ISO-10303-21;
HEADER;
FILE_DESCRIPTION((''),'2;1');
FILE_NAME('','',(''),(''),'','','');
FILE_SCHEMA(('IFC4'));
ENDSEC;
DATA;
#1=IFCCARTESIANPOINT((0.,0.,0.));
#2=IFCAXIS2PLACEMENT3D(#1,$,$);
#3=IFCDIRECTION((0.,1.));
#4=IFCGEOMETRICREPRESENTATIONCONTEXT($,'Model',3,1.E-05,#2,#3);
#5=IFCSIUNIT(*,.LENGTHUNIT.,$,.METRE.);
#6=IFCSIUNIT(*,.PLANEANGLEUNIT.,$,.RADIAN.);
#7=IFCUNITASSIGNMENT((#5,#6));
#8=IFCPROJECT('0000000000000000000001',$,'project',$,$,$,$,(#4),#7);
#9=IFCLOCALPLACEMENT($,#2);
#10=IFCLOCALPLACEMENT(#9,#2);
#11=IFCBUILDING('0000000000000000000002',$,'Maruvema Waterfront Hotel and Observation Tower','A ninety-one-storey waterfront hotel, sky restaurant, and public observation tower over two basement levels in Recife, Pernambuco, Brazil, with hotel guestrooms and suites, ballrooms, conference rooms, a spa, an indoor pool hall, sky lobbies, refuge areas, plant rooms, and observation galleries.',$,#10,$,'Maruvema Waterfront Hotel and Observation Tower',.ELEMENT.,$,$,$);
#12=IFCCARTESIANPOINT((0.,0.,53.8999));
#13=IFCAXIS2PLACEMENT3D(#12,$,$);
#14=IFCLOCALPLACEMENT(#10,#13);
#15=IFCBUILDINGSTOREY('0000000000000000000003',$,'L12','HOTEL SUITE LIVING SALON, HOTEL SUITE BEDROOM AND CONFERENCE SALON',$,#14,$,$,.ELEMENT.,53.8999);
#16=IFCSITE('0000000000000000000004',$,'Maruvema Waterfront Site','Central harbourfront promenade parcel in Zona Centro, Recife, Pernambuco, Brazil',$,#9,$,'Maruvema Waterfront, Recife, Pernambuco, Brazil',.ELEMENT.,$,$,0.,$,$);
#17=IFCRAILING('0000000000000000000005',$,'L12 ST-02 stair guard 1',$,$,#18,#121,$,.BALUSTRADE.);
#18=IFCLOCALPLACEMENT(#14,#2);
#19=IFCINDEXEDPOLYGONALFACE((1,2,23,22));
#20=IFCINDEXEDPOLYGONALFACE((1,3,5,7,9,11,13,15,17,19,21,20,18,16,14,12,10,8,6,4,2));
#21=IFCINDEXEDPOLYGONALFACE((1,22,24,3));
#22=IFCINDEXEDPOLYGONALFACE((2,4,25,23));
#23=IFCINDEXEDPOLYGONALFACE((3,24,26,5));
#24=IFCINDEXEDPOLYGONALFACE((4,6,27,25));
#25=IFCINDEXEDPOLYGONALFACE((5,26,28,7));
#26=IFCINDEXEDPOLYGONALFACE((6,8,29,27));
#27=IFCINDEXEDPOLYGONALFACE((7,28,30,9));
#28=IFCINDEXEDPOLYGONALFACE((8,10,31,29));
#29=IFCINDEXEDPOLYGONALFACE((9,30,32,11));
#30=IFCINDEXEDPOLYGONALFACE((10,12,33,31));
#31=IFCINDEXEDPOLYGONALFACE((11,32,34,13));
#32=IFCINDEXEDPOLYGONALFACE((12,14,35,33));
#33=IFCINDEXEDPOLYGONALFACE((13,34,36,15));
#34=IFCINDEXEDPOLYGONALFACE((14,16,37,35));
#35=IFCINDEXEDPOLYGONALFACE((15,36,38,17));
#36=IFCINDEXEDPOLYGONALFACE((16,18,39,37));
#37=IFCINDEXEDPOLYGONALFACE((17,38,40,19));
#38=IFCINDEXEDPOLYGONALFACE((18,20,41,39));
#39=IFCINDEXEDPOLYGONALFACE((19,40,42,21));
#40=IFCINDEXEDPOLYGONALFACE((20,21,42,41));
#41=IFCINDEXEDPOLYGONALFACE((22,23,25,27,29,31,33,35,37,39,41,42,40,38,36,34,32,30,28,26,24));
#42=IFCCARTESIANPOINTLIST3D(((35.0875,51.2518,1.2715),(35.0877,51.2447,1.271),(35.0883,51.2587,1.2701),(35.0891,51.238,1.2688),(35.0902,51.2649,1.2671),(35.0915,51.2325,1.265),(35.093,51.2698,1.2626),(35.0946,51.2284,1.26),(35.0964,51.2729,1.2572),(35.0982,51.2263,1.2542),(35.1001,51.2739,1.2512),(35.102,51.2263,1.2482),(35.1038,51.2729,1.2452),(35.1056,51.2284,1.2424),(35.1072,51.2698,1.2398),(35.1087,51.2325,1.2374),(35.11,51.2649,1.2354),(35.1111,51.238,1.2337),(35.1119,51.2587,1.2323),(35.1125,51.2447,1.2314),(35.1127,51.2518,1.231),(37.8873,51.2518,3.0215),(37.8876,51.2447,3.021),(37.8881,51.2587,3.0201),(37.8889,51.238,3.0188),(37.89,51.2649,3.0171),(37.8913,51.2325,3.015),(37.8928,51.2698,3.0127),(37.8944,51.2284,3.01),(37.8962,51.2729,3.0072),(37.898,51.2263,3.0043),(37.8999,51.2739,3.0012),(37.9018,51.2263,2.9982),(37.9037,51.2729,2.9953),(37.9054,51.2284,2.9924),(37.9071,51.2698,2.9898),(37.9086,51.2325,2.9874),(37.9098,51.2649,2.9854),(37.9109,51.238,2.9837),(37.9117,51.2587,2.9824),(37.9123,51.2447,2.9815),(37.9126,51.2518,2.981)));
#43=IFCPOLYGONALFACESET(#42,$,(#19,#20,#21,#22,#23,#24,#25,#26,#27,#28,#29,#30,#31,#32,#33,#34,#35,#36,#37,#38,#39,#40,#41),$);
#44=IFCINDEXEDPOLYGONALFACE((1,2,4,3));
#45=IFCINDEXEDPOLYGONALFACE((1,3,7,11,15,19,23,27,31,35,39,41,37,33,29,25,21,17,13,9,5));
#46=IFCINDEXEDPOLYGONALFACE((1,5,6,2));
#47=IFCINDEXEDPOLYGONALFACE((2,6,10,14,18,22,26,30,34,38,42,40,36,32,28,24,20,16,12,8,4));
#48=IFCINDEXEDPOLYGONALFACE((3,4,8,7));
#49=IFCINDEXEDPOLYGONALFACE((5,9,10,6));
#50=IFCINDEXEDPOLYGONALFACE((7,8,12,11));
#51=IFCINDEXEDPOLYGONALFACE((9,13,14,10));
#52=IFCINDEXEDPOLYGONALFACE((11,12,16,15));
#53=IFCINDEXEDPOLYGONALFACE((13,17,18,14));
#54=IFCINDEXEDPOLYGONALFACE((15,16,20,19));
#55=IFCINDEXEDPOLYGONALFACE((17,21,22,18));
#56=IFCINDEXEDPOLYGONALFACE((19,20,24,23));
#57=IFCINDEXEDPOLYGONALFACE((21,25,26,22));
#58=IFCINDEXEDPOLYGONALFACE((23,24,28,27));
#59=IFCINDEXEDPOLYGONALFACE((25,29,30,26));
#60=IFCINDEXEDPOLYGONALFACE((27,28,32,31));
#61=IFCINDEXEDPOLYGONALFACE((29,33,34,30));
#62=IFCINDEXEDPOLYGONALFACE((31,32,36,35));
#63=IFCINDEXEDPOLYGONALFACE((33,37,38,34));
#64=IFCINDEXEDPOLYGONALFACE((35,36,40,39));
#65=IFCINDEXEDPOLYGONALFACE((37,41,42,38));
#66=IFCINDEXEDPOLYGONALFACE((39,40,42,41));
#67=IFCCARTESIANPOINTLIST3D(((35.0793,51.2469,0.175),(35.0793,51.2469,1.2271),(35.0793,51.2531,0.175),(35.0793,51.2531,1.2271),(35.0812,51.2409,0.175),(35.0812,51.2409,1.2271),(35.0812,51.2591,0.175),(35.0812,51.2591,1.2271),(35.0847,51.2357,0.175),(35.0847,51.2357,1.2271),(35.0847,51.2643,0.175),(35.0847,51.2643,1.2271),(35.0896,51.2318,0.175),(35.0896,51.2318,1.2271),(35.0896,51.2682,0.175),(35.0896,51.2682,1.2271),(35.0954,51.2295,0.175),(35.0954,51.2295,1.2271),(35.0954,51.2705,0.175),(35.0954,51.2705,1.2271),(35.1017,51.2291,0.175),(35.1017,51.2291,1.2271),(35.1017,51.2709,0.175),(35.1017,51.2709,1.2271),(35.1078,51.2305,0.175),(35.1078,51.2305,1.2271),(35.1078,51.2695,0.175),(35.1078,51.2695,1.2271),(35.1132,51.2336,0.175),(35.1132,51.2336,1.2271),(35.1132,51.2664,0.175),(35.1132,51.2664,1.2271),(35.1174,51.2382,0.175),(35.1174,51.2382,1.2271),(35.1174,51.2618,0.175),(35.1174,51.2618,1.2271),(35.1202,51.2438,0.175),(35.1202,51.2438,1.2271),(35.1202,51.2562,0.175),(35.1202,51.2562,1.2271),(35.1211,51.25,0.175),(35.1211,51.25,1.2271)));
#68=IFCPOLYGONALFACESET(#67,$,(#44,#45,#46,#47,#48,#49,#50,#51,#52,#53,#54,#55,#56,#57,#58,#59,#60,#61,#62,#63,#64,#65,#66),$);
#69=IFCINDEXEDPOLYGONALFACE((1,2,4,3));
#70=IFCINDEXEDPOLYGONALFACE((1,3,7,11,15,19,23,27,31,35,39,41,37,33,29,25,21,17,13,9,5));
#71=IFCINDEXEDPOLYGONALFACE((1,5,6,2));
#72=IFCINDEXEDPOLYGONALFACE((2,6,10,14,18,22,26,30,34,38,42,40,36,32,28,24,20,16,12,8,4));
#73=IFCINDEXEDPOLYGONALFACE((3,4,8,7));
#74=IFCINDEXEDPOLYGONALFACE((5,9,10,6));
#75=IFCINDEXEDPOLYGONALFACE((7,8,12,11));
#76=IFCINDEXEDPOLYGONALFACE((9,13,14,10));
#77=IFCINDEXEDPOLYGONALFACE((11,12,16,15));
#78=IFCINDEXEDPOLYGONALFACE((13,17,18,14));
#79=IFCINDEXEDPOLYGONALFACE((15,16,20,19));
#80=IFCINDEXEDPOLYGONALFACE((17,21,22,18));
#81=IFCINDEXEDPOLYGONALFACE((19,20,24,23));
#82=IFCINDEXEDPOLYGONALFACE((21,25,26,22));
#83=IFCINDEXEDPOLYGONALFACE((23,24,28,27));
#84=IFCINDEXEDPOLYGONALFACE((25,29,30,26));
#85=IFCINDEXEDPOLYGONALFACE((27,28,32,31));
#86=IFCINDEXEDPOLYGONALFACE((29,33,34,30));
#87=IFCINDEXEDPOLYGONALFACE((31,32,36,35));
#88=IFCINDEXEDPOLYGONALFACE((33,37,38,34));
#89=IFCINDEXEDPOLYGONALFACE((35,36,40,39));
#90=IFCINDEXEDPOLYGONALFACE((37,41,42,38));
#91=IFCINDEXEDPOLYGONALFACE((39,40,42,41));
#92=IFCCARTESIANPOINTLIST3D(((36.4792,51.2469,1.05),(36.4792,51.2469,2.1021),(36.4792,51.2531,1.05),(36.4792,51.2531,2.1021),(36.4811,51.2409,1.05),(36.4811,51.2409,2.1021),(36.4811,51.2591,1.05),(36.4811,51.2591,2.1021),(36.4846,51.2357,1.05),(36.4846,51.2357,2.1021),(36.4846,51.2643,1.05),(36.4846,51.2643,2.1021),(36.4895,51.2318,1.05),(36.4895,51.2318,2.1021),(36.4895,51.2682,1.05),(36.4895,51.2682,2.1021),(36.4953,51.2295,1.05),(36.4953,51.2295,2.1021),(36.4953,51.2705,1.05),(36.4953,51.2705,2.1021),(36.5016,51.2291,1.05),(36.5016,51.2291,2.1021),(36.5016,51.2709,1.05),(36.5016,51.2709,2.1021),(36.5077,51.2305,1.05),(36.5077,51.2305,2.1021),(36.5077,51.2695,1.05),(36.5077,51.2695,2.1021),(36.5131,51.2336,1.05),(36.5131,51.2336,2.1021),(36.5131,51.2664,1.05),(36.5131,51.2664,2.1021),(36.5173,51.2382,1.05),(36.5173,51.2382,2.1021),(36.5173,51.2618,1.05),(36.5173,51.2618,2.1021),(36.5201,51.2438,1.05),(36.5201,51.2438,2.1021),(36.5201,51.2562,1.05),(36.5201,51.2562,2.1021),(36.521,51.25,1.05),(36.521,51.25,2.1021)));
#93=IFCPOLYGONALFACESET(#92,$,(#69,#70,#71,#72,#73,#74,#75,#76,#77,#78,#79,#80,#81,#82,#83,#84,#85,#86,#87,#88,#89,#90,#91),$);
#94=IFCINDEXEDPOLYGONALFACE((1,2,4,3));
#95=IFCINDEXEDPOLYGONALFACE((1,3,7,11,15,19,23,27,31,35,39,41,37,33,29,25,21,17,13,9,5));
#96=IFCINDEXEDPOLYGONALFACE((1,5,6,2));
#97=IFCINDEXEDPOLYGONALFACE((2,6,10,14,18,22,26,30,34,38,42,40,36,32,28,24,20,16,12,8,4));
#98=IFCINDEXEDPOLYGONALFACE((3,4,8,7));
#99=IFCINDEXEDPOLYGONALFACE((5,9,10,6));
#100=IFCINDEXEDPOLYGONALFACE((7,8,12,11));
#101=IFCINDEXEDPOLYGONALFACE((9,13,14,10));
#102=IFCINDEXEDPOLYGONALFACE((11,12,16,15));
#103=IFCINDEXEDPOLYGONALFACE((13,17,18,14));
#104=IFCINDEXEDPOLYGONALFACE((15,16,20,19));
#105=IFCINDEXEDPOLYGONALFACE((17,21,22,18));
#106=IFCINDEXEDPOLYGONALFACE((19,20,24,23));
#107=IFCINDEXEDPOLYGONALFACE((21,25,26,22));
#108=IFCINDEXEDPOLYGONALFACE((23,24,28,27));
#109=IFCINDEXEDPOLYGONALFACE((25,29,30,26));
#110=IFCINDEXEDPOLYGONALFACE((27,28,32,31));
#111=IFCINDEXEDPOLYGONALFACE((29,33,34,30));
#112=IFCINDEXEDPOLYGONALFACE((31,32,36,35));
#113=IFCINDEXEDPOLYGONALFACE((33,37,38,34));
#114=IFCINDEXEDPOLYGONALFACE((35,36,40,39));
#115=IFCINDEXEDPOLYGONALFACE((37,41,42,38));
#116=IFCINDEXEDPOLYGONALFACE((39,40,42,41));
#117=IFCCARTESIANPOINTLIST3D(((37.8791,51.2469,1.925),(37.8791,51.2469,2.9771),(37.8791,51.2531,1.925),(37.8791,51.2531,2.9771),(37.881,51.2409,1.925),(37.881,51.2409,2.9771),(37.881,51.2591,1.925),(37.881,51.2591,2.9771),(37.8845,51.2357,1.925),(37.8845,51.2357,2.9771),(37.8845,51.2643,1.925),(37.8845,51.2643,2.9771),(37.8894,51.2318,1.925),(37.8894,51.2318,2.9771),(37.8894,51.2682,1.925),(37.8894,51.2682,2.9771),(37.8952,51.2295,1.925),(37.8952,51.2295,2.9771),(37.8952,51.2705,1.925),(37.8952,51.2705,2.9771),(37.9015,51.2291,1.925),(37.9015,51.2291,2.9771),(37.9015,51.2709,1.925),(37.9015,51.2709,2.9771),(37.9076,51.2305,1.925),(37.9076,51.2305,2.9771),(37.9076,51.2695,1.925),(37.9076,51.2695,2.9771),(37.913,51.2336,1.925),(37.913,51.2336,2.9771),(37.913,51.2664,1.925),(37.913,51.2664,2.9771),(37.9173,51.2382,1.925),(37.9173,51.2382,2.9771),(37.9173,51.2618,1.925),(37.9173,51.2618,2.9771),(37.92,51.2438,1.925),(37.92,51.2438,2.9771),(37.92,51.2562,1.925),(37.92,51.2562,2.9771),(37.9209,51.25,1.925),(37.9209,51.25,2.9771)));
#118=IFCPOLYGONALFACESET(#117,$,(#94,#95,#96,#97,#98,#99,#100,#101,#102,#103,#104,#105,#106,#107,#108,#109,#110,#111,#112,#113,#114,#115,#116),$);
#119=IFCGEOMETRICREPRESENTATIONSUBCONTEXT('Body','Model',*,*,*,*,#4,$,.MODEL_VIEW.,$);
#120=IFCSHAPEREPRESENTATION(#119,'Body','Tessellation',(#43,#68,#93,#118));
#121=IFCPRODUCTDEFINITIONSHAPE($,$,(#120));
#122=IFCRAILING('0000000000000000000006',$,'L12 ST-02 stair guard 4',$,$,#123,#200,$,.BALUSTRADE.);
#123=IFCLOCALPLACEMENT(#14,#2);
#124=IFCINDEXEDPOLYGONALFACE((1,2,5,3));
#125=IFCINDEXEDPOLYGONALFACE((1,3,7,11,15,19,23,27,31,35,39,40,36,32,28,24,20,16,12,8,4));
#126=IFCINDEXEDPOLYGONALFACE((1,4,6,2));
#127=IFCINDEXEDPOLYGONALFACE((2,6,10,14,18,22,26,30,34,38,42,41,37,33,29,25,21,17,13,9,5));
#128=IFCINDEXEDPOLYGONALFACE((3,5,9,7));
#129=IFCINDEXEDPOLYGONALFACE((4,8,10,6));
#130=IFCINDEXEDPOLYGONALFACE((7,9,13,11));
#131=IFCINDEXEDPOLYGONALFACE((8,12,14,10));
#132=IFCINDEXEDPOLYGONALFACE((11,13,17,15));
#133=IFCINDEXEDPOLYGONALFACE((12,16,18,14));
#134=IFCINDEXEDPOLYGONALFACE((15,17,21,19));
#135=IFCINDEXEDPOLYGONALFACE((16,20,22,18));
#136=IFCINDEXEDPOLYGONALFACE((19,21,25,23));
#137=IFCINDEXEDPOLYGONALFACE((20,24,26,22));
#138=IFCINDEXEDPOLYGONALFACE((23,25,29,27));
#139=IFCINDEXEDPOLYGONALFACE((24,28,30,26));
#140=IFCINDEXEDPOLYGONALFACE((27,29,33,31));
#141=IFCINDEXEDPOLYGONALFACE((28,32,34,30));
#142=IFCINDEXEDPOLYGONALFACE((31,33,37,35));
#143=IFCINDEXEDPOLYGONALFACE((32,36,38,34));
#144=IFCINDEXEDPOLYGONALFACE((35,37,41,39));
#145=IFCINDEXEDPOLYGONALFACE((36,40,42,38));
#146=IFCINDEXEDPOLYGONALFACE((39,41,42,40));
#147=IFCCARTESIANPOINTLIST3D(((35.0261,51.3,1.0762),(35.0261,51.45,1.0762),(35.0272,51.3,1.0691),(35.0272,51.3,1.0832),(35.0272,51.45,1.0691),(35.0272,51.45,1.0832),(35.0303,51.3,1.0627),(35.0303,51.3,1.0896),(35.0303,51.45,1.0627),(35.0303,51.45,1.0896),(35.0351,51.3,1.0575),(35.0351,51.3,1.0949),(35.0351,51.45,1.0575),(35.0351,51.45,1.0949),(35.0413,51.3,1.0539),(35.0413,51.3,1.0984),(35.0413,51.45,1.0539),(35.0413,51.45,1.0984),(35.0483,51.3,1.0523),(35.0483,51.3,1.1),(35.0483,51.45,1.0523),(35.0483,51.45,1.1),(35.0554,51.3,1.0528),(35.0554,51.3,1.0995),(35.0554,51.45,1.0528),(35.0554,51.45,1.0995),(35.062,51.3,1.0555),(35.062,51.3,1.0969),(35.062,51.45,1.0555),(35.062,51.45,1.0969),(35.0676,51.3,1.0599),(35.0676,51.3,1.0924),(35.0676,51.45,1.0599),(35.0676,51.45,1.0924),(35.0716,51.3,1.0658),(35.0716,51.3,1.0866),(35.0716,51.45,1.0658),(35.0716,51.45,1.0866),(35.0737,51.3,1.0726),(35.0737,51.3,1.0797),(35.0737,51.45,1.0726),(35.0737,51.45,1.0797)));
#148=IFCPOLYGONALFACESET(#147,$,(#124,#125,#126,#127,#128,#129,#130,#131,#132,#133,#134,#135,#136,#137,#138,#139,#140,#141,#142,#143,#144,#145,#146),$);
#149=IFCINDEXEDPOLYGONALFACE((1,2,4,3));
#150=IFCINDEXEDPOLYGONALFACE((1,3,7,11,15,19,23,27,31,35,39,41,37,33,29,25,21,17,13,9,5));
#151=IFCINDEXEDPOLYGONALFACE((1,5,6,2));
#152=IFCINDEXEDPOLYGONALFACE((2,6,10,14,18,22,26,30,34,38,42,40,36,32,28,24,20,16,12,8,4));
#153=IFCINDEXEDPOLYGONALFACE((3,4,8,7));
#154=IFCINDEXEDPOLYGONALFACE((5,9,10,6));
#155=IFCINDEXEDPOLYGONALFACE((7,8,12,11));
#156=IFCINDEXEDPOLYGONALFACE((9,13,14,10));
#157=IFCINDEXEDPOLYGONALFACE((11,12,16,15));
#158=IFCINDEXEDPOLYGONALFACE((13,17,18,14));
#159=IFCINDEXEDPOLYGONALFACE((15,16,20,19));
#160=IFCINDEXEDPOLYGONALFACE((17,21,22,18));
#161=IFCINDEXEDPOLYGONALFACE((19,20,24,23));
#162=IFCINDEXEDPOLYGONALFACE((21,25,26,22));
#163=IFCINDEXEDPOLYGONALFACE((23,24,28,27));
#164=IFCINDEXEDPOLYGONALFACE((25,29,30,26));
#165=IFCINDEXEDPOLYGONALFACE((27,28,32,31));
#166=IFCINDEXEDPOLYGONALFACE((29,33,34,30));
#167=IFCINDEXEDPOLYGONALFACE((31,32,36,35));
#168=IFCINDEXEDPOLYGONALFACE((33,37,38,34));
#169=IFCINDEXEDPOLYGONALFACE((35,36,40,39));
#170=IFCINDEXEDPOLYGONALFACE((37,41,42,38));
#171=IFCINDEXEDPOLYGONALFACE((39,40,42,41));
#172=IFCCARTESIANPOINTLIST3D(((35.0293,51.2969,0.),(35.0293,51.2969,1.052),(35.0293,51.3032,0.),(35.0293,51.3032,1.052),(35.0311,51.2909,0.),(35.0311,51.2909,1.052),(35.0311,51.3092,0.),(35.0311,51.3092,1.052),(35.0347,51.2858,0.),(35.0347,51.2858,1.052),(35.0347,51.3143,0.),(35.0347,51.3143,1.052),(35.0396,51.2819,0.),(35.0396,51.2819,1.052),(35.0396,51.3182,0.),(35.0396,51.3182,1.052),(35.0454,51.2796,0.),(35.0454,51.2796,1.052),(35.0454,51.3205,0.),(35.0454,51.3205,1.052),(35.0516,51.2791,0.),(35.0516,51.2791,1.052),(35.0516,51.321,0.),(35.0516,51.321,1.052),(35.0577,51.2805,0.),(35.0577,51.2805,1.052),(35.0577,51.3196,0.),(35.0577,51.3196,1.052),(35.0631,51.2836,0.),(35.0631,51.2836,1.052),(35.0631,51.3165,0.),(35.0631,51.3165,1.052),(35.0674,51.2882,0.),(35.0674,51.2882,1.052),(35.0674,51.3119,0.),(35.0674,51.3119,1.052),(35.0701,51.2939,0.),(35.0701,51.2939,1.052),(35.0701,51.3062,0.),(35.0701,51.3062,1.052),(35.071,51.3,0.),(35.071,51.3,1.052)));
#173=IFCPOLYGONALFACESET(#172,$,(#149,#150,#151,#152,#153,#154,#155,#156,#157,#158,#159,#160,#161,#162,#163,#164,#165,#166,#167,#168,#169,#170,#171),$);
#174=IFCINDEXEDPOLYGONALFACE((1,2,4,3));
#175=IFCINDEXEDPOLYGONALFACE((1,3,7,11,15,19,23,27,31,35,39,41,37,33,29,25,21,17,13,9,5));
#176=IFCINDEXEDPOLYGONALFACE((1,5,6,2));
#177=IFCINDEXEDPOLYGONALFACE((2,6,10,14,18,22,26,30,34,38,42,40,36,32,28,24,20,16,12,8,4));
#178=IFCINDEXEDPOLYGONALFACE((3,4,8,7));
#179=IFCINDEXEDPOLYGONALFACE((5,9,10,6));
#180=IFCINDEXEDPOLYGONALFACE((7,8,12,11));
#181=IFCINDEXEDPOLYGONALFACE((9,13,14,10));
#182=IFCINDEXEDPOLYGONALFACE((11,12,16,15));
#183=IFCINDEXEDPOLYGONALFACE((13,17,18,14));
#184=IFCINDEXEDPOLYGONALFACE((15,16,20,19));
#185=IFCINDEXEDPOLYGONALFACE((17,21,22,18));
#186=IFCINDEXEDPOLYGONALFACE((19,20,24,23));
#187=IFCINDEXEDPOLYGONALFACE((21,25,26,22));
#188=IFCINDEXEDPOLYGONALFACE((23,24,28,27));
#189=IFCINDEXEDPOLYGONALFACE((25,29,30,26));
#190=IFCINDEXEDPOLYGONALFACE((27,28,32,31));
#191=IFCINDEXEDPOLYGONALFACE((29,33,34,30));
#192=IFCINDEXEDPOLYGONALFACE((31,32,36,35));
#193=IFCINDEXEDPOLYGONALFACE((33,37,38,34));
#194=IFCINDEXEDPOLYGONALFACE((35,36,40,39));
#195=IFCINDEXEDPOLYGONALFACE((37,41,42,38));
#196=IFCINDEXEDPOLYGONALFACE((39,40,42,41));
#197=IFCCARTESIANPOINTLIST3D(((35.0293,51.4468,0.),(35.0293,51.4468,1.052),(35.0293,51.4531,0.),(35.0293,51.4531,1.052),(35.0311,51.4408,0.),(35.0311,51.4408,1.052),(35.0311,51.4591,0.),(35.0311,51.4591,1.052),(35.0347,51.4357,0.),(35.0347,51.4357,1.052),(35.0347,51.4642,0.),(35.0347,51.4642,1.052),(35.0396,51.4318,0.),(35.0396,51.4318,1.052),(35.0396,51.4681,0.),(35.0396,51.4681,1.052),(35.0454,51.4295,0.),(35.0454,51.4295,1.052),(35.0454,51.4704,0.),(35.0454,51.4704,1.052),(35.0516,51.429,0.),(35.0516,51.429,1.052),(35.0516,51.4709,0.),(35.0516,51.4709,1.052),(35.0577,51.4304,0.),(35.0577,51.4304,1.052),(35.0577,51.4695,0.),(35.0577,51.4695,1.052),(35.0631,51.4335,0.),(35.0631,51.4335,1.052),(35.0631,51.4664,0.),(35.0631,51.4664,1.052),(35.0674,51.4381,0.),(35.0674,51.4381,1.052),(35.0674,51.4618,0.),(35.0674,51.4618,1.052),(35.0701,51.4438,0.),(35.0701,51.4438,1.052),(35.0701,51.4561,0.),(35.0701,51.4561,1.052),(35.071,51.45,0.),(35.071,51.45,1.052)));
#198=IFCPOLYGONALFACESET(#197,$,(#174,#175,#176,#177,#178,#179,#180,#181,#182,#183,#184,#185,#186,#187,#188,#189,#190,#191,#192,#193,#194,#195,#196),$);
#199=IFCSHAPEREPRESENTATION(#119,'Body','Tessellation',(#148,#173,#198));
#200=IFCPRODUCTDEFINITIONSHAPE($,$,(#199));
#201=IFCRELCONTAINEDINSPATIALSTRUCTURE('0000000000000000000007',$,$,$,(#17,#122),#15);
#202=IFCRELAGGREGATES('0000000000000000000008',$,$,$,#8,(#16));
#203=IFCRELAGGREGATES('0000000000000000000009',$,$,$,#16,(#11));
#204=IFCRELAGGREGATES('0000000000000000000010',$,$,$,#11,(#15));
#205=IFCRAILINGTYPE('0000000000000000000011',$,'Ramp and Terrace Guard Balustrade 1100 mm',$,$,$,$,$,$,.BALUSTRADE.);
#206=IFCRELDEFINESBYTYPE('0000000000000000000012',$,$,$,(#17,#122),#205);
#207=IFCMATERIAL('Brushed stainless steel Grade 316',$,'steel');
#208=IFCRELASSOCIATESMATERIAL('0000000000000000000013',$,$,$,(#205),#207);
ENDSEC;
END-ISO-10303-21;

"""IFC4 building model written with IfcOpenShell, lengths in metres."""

from ifc_helpers import new_model, si_unit, direction, frame, origin, origin_2d, place, context, subcontext, project, spatial, circle, extrude, material, type_object, element, save


model = new_model("IFC4")

# Units and contexts
model_context = context("Model", 3, precision=1e-05, world=origin(), true_north=direction((0.0, 1.0)))
body_context = subcontext(model_context, "Body", "Model", "MODEL_VIEW")
ifc_project = project(units=[si_unit("LENGTHUNIT", "METRE"), si_unit("PLANEANGLEUNIT", "RADIAN")], contexts=[model_context])

# Site, building, storey
site_placement = place(None, origin())
site = spatial("IfcSite", under=ifc_project, at=site_placement, Name="Maruvema Waterfront Site", Description="Central harbourfront promenade parcel in Zona Centro, Recife, Pernambuco, Brazil", LongName="Maruvema Waterfront, Recife, Pernambuco, Brazil", CompositionType="ELEMENT", RefElevation=0.0)
building_placement = place(site_placement, origin())
building = spatial("IfcBuilding", under=site, at=building_placement, Name="Maruvema Waterfront Hotel and Observation Tower", Description="A ninety-one-storey waterfront hotel, sky restaurant, and public observation tower over two basement levels in Recife, Pernambuco, Brazil, with hotel guestrooms and suites, ballrooms, conference rooms, a spa, an indoor pool hall, sky lobbies, refuge areas, plant rooms, and observation galleries.", LongName="Maruvema Waterfront Hotel and Observation Tower", CompositionType="ELEMENT")
storey_placement = place(building_placement, frame((0.0, 0.0, 53.8999)))
storey = spatial("IfcBuildingStorey", under=building, at=storey_placement, Name="L12", Description="HOTEL SUITE LIVING SALON, HOTEL SUITE BEDROOM AND CONFERENCE SALON", CompositionType="ELEMENT", Elevation=53.8999)

# Railings
ifc_material_1 = material(Name="Brushed stainless steel Grade 316", Category="steel")
railing_type_1 = type_object("IfcRailingType", Name="Ramp and Terrace Guard Balustrade 1100 mm", PredefinedType="BALUSTRADE", material=ifc_material_1)
railing_1_placement = place(storey_placement, frame((35.1001, 51.25, 0.175)))
element("IfcRailing", 1, at=railing_1_placement, inside=storey, type_object=railing_type_1, Name="L12 ST-02 stair guard 1", PredefinedType="BALUSTRADE", context=body_context, shape_type="SweptSolid", body=[
    extrude(circle(Radius=0.0239, at=origin_2d()), frame((0.0, 0.0, 1.0762), z_axis=(0.847982, 0.0, 0.530026), x_axis=(0.0, 1.0, 0.0)), (0.0, 0.0, 1.0), 3.3018),
    extrude(circle(Radius=0.021, at=origin_2d()), origin(), (0.0, 0.0, 1.0), 1.052),
    extrude(circle(Radius=0.021, at=origin_2d()), frame((1.3999, 0.0, 0.875)), (0.0, 0.0, 1.0), 1.052),
    extrude(circle(Radius=0.021, at=origin_2d()), frame((2.7998, 0.0, 1.75)), (0.0, 0.0, 1.0), 1.052),
])
railing_2_placement = place(storey_placement, frame((35.05, 51.3, 0.0)))
element("IfcRailing", 2, at=railing_2_placement, inside=storey, type_object=railing_type_1, Name="L12 ST-02 stair guard 4", PredefinedType="BALUSTRADE", context=body_context, shape_type="SweptSolid", body=[
    extrude(circle(Radius=0.0239, at=origin_2d()), frame((0.0, 0.0, 1.0762), z_axis=(0.0, 1.0, 0.0), x_axis=(-1.0, 0.0, 0.0)), (0.0, 0.0, 1.0), 0.1499),
    extrude(circle(Radius=0.021, at=origin_2d()), origin(), (0.0, 0.0, 1.0), 1.052),
    extrude(circle(Radius=0.021, at=origin_2d()), frame((0.0, 0.1499, 0.0)), (0.0, 0.0, 1.0), 1.052),
])

save(model, "model.ifc")
